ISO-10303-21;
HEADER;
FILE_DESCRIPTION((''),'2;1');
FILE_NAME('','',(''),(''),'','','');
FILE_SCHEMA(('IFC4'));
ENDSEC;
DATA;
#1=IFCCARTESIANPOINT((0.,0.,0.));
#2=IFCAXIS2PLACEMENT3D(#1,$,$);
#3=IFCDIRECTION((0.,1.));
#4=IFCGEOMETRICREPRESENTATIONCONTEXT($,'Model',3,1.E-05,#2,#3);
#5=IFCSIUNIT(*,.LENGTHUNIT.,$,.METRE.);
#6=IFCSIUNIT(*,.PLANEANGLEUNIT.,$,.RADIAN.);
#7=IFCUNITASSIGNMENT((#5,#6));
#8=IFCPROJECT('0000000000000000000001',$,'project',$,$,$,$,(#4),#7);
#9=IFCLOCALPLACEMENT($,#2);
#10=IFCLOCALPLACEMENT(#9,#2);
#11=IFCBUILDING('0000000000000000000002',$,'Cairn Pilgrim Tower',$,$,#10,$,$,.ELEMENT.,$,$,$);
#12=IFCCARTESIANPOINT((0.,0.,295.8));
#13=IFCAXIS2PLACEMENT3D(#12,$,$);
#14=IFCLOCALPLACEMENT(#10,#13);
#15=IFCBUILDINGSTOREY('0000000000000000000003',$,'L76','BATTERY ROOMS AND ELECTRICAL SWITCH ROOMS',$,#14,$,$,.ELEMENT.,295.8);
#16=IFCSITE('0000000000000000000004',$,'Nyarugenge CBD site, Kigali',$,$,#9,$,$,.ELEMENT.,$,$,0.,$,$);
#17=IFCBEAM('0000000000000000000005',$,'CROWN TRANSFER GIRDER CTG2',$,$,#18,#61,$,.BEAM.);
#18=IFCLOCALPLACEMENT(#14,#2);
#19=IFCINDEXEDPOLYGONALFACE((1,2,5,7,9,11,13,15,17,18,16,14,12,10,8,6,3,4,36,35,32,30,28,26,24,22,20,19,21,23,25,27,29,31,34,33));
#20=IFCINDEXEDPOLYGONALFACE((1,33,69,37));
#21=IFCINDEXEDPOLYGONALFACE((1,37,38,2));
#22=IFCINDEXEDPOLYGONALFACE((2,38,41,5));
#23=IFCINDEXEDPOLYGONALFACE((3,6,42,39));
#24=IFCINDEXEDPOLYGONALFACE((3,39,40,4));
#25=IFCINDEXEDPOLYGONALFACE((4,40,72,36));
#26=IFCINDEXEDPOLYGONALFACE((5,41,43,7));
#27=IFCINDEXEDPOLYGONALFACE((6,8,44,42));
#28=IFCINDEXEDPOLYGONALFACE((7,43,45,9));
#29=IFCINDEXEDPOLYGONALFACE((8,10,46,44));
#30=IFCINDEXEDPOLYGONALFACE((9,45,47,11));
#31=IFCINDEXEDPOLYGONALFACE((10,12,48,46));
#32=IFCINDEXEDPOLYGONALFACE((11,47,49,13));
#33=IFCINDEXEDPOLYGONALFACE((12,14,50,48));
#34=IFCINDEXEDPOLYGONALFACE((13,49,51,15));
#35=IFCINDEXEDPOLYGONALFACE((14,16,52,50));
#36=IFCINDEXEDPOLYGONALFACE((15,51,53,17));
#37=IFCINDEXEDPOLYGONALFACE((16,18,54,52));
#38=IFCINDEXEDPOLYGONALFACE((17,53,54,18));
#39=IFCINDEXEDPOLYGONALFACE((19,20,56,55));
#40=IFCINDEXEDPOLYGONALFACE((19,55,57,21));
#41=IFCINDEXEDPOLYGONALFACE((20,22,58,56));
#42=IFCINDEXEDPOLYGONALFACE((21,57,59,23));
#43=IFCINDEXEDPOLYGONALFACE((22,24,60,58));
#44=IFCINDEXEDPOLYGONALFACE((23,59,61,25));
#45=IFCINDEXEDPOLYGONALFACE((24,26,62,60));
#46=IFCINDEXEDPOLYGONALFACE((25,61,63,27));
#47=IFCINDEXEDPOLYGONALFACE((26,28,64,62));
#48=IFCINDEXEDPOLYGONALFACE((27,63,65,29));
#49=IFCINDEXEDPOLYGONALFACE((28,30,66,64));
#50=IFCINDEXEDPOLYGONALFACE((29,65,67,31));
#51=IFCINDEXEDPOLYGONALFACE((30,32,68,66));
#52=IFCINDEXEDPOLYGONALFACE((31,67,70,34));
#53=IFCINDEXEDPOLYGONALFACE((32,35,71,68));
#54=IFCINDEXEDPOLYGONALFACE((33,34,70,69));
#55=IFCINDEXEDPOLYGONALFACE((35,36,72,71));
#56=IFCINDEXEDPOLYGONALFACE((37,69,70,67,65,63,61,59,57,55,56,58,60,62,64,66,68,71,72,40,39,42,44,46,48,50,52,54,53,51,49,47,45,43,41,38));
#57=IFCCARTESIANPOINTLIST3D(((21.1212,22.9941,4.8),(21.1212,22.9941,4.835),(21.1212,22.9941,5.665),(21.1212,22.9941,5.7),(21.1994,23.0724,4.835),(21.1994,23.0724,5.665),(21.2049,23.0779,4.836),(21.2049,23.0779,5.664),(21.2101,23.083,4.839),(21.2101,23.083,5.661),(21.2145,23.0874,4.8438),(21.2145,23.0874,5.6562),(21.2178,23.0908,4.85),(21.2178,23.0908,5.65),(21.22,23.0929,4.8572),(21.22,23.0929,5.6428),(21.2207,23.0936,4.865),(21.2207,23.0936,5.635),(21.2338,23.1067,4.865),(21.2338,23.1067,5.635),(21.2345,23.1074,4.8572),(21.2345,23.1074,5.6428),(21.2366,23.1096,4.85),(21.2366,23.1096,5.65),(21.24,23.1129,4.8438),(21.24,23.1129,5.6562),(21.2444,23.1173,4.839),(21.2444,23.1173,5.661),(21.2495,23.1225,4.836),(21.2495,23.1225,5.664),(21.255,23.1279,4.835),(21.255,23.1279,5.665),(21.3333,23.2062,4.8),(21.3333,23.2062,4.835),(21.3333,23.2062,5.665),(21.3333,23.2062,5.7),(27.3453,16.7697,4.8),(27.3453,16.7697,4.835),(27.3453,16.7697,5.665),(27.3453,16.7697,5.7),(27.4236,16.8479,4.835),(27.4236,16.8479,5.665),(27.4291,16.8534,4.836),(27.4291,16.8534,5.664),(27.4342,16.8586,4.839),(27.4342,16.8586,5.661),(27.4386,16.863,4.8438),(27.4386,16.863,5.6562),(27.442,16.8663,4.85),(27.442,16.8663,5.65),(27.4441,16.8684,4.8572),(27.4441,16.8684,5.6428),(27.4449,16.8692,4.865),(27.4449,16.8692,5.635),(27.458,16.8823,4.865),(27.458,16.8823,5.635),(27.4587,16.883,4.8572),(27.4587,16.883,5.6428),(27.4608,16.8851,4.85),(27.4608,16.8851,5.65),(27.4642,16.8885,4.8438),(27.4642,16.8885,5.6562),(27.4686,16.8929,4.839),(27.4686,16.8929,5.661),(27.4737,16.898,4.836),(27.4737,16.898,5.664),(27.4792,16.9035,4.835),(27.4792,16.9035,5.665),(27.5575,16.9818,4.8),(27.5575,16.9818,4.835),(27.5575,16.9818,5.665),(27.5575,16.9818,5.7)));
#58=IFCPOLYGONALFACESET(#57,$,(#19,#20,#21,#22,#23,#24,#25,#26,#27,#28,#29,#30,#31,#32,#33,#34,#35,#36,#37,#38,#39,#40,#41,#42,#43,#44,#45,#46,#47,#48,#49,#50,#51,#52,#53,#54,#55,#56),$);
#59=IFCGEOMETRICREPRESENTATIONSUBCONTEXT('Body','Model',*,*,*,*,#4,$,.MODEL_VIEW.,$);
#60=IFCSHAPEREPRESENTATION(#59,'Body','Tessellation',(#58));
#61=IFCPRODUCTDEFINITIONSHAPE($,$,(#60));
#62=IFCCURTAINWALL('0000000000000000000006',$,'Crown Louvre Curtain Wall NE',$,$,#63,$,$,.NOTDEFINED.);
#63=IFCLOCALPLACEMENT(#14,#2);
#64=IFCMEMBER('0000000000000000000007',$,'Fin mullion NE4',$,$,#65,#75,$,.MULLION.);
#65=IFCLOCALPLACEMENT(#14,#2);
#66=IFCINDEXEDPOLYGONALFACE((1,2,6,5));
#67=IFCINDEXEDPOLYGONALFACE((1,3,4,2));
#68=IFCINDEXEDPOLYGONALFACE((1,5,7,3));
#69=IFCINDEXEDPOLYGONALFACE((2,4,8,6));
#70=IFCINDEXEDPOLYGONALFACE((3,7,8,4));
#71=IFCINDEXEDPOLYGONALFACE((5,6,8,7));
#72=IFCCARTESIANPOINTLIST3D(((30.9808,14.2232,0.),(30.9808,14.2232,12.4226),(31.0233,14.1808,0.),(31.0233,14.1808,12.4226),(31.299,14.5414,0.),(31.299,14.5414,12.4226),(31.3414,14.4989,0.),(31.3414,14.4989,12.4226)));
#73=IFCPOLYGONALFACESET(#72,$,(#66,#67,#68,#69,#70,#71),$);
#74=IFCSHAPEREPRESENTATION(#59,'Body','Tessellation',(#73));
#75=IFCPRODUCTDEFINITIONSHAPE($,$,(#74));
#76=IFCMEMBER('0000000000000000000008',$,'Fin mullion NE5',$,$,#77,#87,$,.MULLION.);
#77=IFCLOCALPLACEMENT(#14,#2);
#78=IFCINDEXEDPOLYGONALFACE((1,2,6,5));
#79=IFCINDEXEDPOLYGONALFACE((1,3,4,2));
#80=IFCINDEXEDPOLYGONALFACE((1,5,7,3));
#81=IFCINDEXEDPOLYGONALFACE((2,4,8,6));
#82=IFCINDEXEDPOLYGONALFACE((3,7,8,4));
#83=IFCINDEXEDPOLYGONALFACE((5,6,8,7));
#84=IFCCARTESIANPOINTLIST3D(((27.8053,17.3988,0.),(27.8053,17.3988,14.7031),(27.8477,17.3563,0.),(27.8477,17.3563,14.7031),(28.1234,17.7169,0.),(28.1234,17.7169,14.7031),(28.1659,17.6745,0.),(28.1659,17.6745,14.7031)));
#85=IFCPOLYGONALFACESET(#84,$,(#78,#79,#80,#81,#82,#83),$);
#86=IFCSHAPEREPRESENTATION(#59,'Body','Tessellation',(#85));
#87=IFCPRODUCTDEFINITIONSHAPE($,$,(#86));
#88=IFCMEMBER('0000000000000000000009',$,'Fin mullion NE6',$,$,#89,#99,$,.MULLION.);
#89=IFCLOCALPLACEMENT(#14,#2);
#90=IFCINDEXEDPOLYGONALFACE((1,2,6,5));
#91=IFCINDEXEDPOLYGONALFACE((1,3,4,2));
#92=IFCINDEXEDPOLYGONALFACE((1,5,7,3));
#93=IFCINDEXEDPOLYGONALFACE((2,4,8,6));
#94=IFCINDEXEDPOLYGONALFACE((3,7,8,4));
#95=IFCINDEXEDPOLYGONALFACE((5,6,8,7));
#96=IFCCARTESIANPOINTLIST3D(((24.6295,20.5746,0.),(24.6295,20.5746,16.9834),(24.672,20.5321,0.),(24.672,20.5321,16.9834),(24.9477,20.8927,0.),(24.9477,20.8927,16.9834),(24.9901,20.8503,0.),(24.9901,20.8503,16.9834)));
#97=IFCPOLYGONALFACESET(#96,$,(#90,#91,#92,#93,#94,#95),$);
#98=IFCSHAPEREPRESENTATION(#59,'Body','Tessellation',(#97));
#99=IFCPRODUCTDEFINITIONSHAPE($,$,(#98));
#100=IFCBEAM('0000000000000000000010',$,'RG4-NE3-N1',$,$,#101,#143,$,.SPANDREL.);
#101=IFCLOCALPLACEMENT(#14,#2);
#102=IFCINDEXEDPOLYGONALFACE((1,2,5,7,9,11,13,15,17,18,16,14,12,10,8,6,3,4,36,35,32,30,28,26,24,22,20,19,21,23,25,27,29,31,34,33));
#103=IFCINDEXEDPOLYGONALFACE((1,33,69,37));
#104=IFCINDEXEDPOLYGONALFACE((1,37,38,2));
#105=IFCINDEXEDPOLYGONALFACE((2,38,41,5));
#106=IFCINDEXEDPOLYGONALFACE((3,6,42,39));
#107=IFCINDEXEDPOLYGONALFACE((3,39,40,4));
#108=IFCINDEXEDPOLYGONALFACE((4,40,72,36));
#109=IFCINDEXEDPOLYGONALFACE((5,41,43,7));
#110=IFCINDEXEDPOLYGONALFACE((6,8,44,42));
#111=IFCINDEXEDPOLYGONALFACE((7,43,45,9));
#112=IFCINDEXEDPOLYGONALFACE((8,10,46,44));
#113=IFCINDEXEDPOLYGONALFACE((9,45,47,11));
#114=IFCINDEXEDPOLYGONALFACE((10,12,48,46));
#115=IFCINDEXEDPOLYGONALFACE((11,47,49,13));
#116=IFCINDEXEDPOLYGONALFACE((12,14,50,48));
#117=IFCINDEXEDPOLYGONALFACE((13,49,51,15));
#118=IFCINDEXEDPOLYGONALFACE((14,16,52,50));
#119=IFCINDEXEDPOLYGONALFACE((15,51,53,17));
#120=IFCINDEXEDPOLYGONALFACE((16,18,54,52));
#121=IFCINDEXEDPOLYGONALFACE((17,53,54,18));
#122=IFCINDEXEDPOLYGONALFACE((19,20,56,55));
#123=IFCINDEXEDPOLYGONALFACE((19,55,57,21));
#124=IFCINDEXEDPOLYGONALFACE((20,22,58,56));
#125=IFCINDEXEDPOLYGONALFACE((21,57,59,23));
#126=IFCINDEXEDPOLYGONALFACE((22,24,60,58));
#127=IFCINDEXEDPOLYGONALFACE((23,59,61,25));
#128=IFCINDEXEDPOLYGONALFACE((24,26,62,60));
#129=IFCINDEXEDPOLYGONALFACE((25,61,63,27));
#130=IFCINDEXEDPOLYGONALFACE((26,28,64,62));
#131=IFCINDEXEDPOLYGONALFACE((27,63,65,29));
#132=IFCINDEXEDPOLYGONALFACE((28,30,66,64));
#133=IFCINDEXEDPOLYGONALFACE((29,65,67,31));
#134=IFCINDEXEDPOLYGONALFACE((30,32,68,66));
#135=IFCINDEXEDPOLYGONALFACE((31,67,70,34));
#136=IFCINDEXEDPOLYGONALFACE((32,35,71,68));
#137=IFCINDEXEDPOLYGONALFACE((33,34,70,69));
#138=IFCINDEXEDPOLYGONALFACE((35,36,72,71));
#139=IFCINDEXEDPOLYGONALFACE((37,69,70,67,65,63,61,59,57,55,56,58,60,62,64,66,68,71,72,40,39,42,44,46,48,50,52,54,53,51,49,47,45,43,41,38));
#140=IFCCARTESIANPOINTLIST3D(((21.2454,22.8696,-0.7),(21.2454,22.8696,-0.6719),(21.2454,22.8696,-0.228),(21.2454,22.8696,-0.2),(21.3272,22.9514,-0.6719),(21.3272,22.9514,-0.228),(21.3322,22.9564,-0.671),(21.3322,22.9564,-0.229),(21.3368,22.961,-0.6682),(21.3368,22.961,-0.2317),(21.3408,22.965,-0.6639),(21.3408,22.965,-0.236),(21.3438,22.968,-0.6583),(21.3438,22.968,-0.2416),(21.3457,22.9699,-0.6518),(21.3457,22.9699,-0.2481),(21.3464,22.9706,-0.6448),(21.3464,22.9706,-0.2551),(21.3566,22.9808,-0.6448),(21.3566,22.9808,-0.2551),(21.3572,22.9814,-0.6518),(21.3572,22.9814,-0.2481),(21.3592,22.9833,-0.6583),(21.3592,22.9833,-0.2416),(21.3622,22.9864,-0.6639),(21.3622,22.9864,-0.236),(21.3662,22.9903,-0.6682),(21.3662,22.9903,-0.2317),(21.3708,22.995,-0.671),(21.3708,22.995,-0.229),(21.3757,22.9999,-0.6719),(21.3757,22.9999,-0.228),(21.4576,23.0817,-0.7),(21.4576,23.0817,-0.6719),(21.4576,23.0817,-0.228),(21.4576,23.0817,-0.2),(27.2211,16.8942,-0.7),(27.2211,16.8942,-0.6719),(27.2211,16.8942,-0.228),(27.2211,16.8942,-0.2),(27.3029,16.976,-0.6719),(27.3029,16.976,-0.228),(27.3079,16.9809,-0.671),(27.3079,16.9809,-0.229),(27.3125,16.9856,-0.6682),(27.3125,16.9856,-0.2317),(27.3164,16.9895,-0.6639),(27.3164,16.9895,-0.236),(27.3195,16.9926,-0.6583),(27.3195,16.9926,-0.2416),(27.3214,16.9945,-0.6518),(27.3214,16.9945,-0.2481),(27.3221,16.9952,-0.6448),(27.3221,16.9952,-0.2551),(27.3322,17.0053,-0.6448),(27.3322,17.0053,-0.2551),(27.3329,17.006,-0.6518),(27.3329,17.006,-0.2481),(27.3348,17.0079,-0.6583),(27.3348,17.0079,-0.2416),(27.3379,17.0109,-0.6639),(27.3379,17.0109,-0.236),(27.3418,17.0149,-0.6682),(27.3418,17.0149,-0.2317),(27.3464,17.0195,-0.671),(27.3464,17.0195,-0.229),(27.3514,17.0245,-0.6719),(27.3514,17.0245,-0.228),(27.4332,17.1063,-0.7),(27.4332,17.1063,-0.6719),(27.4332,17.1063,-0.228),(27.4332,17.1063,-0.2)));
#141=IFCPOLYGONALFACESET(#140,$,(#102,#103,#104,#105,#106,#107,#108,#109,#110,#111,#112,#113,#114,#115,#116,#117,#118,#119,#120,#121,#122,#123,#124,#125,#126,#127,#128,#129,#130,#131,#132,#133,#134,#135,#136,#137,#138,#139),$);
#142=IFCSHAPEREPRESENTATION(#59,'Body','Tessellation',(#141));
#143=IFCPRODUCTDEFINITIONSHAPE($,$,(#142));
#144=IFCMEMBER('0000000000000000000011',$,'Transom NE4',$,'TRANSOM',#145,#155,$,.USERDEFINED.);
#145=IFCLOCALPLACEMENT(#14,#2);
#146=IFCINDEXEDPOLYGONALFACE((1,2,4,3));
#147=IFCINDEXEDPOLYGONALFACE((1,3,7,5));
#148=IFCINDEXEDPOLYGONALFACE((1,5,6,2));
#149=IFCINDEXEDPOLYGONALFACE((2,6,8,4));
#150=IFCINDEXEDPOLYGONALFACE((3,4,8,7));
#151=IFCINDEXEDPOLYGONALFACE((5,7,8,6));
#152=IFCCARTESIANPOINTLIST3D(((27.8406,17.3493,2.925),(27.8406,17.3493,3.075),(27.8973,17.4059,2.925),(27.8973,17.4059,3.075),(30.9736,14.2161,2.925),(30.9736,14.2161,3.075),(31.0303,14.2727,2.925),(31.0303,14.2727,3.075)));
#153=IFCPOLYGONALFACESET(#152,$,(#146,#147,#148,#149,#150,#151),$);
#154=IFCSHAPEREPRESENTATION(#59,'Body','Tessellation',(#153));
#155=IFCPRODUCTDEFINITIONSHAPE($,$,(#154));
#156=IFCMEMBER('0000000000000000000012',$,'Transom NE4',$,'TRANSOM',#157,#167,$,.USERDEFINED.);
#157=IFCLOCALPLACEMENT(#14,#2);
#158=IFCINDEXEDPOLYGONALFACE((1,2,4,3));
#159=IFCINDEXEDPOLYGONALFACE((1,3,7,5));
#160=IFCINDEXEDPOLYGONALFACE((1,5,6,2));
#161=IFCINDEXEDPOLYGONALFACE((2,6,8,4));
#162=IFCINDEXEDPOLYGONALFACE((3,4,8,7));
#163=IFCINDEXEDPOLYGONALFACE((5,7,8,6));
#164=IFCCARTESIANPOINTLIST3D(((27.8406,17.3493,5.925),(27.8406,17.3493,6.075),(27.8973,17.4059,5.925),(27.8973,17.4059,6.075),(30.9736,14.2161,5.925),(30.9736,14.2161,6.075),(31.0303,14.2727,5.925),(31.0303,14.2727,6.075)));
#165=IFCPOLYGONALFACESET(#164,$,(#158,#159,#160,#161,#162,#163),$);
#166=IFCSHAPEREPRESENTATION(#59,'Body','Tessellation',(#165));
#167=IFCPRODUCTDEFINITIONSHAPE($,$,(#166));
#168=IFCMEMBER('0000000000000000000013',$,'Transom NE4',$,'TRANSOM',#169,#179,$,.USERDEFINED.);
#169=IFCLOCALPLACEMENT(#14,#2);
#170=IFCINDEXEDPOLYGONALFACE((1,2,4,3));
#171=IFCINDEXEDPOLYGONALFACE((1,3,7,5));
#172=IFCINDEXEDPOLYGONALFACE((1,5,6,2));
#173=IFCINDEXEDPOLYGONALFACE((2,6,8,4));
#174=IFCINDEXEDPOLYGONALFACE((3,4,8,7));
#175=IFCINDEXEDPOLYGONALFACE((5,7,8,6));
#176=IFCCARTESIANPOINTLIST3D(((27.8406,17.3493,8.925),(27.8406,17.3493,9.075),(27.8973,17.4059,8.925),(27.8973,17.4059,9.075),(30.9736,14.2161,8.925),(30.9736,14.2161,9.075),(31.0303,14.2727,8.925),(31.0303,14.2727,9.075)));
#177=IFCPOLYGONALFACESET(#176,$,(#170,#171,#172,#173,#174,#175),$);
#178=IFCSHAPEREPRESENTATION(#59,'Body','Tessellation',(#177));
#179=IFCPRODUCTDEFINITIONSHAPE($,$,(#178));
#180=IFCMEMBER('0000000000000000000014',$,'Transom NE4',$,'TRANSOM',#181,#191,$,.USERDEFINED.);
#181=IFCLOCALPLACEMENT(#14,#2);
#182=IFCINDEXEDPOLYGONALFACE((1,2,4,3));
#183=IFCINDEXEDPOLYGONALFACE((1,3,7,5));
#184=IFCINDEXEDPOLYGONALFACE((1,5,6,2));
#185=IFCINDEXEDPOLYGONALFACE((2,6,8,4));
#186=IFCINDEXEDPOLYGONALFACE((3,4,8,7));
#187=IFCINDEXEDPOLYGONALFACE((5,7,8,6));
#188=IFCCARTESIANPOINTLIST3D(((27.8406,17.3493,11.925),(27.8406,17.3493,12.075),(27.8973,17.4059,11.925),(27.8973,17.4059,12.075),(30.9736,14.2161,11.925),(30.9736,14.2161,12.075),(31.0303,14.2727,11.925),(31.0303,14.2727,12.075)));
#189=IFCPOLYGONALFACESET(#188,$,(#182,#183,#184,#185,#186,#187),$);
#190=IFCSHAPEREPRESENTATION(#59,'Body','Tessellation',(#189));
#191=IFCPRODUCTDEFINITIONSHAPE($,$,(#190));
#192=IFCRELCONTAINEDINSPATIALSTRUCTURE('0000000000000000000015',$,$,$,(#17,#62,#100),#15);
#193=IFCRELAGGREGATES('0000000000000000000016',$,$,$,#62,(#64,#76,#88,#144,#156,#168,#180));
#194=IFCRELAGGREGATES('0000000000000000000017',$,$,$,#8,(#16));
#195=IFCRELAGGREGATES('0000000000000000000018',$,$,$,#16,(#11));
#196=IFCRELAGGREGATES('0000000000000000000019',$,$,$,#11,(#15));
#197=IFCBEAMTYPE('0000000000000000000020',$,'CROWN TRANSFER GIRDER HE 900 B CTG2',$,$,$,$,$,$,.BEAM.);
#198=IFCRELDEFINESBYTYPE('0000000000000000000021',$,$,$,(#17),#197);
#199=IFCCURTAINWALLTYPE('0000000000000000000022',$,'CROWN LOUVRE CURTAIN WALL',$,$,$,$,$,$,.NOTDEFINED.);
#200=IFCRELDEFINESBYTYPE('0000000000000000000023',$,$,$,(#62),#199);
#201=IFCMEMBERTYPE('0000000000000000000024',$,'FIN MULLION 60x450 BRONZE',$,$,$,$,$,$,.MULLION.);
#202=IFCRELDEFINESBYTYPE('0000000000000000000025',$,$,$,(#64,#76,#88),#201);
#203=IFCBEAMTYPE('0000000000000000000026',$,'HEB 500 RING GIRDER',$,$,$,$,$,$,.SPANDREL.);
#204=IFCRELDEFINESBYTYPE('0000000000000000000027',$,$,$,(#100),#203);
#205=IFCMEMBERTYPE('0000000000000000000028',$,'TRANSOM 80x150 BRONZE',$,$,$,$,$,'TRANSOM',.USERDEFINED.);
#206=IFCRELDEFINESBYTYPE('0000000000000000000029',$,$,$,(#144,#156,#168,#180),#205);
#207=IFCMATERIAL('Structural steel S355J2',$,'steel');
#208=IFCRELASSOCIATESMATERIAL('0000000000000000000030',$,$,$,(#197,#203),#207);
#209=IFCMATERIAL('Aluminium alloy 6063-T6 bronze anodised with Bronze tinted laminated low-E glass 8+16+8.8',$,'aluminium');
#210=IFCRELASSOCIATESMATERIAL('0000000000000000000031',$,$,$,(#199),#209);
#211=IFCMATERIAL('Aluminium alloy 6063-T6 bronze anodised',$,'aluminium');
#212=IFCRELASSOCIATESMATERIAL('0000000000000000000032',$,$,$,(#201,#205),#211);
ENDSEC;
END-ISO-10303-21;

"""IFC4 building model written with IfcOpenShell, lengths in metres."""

from ifc_helpers import new_model, si_unit, direction, frame, origin, origin_2d, place, context, subcontext, project, spatial, rectangle, i_section, extrude, material, material_profile, profile_set, type_object, element, aggregate, save


model = new_model("IFC4")

# Units and contexts
model_context = context("Model", 3, precision=1e-05, world=origin(), true_north=direction((0.0, 1.0)))
body_context = subcontext(model_context, "Body", "Model", "MODEL_VIEW")
ifc_project = project(units=[si_unit("LENGTHUNIT", "METRE"), si_unit("PLANEANGLEUNIT", "RADIAN")], contexts=[model_context])

# Site, building, storey
site_placement = place(None, origin())
site = spatial("IfcSite", under=ifc_project, at=site_placement, Name="Nyarugenge CBD site, Kigali", CompositionType="ELEMENT", RefElevation=0.0)
building_placement = place(site_placement, origin())
building = spatial("IfcBuilding", under=site, at=building_placement, Name="Cairn Pilgrim Tower", CompositionType="ELEMENT")
storey_placement = place(building_placement, frame((0.0, 0.0, 295.8)))
storey = spatial("IfcBuildingStorey", under=building, at=storey_placement, Name="L76", Description="BATTERY ROOMS AND ELECTRICAL SWITCH ROOMS", CompositionType="ELEMENT", Elevation=295.8)

# Shared definitions
ifc_material_1 = material(Name="Structural steel S355J2", Category="steel")

# Beam
ifc_material_profile_1 = material_profile(ifc_material_1, i_section(OverallWidth=0.3, OverallDepth=0.8999, WebThickness=0.0186, FlangeThickness=0.0349, FilletRadius=0.03, at=origin_2d()), Name="HEB 900")
ifc_profile_set_1 = profile_set([ifc_material_profile_1], Name="Structural steel S355J2")
beam_type_1 = type_object("IfcBeamType", Name="CROWN TRANSFER GIRDER HE 900 B CTG2", PredefinedType="BEAM", material=ifc_profile_set_1)
beam_1_placement = place(storey_placement, frame((27.4514, 16.8757, 5.25), z_axis=(-0.707093, 0.707121, 0.0), x_axis=(-0.707121, -0.707093, 0.0)))
element("IfcBeam", 1, at=beam_1_placement, inside=storey, type_object=beam_type_1, Name="CROWN TRANSFER GIRDER CTG2", PredefinedType="BEAM", context=body_context, shape_type="SweptSolid", body=[
    extrude(i_section(OverallWidth=0.3, OverallDepth=0.8999, WebThickness=0.0186, FlangeThickness=0.0349, FilletRadius=0.03, at=origin_2d()), origin(), (0.0, 0.0, 1.0), 8.8025),
])

# Curtain wall, members
ifc_material_2 = material(Name="Aluminium alloy 6063-T6 bronze anodised with Bronze tinted laminated low-E glass 8+16+8.8", Category="aluminium")
curtain_wall_type = type_object("IfcCurtainWallType", Name="CROWN LOUVRE CURTAIN WALL", PredefinedType="NOTDEFINED", material=ifc_material_2)
curtain_wall_placement = place(storey_placement, origin())
curtain_wall = element("IfcCurtainWall", 2, at=curtain_wall_placement, inside=storey, type_object=curtain_wall_type, Name="Crown Louvre Curtain Wall NE", PredefinedType="NOTDEFINED")
ifc_material_3 = material(Name="Aluminium alloy 6063-T6 bronze anodised", Category="aluminium")
ifc_material_profile_2 = material_profile(ifc_material_3, rectangle(XDim=0.45, YDim=0.0601, at=origin_2d()), Name="FIN MULLION 60x450 BRONZE")
ifc_profile_set_2 = profile_set([ifc_material_profile_2], Name="Aluminium alloy 6063-T6 bronze anodised")
member_type_1 = type_object("IfcMemberType", Name="FIN MULLION 60x450 BRONZE", PredefinedType="MULLION", material=ifc_profile_set_2)
member_1_placement = place(storey_placement, frame((31.1611, 14.3611, 0.0), z_axis=(0.0, 0.0, 1.0), x_axis=(0.707107, 0.707107, 0.0)))
member_1 = element("IfcMember", 3, at=member_1_placement, type_object=member_type_1, Name="Fin mullion NE4", PredefinedType="MULLION", context=body_context, shape_type="SweptSolid", body=[
    extrude(rectangle(XDim=0.45, YDim=0.0601, at=origin_2d()), origin(), (0.0, 0.0, 1.0), 12.4226),
])
member_2_placement = place(storey_placement, frame((27.9856, 17.5366, 0.0), z_axis=(0.0, 0.0, 1.0), x_axis=(0.707107, 0.707107, 0.0)))
member_2 = element("IfcMember", 4, at=member_2_placement, type_object=member_type_1, Name="Fin mullion NE5", PredefinedType="MULLION", context=body_context, shape_type="SweptSolid", body=[
    extrude(rectangle(XDim=0.45, YDim=0.0601, at=origin_2d()), origin(), (0.0, 0.0, 1.0), 14.7031),
])
member_3_placement = place(storey_placement, frame((24.8098, 20.7124, 0.0), z_axis=(0.0, 0.0, 1.0), x_axis=(0.707107, 0.707107, 0.0)))
member_3 = element("IfcMember", 5, at=member_3_placement, type_object=member_type_1, Name="Fin mullion NE6", PredefinedType="MULLION", context=body_context, shape_type="SweptSolid", body=[
    extrude(rectangle(XDim=0.45, YDim=0.0601, at=origin_2d()), origin(), (0.0, 0.0, 1.0), 16.9834),
])

# Beam
ifc_material_profile_3 = material_profile(ifc_material_1, i_section(OverallWidth=0.3, OverallDepth=0.5, WebThickness=0.0144, FlangeThickness=0.0281, FilletRadius=0.0271, at=origin_2d()), Name="HEB 500")
ifc_profile_set_3 = profile_set([ifc_material_profile_3], Name="Structural steel S355J2")
beam_type_2 = type_object("IfcBeamType", Name="HEB 500 RING GIRDER", PredefinedType="SPANDREL", material=ifc_profile_set_3)
beam_2_placement = place(storey_placement, frame((27.3271, 17.0002, -0.45), z_axis=(-0.707121, 0.707092, 0.0), x_axis=(-0.707092, -0.707121, 0.0)))
element("IfcBeam", 6, at=beam_2_placement, inside=storey, type_object=beam_type_2, Name="RG4-NE3-N1", PredefinedType="SPANDREL", context=body_context, shape_type="SweptSolid", body=[
    extrude(i_section(OverallWidth=0.3, OverallDepth=0.5, WebThickness=0.0144, FlangeThickness=0.0281, FilletRadius=0.0271, at=origin_2d()), origin(), (0.0, 0.0, 1.0), 8.4507),
])

# Members
ifc_material_profile_4 = material_profile(ifc_material_3, rectangle(XDim=0.0801, YDim=0.1499, at=origin_2d()), Name="TRANSOM 80x150 BRONZE")
ifc_profile_set_4 = profile_set([ifc_material_profile_4], Name="Aluminium alloy 6063-T6 bronze anodised")
member_type_2 = type_object("IfcMemberType", Name="TRANSOM 80x150 BRONZE", ElementType="TRANSOM", PredefinedType="USERDEFINED", material=ifc_profile_set_4)
member_4_placement = place(storey_placement, frame((31.002, 14.2444, 3.0), z_axis=(-0.707079, 0.707134, 0.0), x_axis=(-0.707134, -0.707079, 0.0)))
member_4 = element("IfcMember", 7, at=member_4_placement, type_object=member_type_2, Name="Transom NE4", ObjectType="TRANSOM", PredefinedType="USERDEFINED", context=body_context, shape_type="SweptSolid", body=[
    extrude(rectangle(XDim=0.0801, YDim=0.1499, at=origin_2d()), origin(), (0.0, 0.0, 1.0), 4.4309),
])
member_5_placement = place(storey_placement, frame((31.002, 14.2444, 6.0), z_axis=(-0.707079, 0.707134, 0.0), x_axis=(-0.707134, -0.707079, 0.0)))
member_5 = element("IfcMember", 8, at=member_5_placement, type_object=member_type_2, Name="Transom NE4", ObjectType="TRANSOM", PredefinedType="USERDEFINED", context=body_context, shape_type="SweptSolid", body=[
    extrude(rectangle(XDim=0.0801, YDim=0.1499, at=origin_2d()), origin(), (0.0, 0.0, 1.0), 4.4309),
])
member_6_placement = place(storey_placement, frame((31.002, 14.2444, 9.0), z_axis=(-0.707079, 0.707134, 0.0), x_axis=(-0.707134, -0.707079, 0.0)))
member_6 = element("IfcMember", 9, at=member_6_placement, type_object=member_type_2, Name="Transom NE4", ObjectType="TRANSOM", PredefinedType="USERDEFINED", context=body_context, shape_type="SweptSolid", body=[
    extrude(rectangle(XDim=0.0801, YDim=0.1499, at=origin_2d()), origin(), (0.0, 0.0, 1.0), 4.4309),
])
member_7_placement = place(storey_placement, frame((31.002, 14.2444, 12.0), z_axis=(-0.707079, 0.707134, 0.0), x_axis=(-0.707134, -0.707079, 0.0)))
member_7 = element("IfcMember", 10, at=member_7_placement, type_object=member_type_2, Name="Transom NE4", ObjectType="TRANSOM", PredefinedType="USERDEFINED", context=body_context, shape_type="SweptSolid", body=[
    extrude(rectangle(XDim=0.0801, YDim=0.1499, at=origin_2d()), origin(), (0.0, 0.0, 1.0), 4.4309),
])

aggregate(curtain_wall, [member_1, member_2, member_3, member_4, member_5, member_6, member_7])

save(model, "model.ifc")
